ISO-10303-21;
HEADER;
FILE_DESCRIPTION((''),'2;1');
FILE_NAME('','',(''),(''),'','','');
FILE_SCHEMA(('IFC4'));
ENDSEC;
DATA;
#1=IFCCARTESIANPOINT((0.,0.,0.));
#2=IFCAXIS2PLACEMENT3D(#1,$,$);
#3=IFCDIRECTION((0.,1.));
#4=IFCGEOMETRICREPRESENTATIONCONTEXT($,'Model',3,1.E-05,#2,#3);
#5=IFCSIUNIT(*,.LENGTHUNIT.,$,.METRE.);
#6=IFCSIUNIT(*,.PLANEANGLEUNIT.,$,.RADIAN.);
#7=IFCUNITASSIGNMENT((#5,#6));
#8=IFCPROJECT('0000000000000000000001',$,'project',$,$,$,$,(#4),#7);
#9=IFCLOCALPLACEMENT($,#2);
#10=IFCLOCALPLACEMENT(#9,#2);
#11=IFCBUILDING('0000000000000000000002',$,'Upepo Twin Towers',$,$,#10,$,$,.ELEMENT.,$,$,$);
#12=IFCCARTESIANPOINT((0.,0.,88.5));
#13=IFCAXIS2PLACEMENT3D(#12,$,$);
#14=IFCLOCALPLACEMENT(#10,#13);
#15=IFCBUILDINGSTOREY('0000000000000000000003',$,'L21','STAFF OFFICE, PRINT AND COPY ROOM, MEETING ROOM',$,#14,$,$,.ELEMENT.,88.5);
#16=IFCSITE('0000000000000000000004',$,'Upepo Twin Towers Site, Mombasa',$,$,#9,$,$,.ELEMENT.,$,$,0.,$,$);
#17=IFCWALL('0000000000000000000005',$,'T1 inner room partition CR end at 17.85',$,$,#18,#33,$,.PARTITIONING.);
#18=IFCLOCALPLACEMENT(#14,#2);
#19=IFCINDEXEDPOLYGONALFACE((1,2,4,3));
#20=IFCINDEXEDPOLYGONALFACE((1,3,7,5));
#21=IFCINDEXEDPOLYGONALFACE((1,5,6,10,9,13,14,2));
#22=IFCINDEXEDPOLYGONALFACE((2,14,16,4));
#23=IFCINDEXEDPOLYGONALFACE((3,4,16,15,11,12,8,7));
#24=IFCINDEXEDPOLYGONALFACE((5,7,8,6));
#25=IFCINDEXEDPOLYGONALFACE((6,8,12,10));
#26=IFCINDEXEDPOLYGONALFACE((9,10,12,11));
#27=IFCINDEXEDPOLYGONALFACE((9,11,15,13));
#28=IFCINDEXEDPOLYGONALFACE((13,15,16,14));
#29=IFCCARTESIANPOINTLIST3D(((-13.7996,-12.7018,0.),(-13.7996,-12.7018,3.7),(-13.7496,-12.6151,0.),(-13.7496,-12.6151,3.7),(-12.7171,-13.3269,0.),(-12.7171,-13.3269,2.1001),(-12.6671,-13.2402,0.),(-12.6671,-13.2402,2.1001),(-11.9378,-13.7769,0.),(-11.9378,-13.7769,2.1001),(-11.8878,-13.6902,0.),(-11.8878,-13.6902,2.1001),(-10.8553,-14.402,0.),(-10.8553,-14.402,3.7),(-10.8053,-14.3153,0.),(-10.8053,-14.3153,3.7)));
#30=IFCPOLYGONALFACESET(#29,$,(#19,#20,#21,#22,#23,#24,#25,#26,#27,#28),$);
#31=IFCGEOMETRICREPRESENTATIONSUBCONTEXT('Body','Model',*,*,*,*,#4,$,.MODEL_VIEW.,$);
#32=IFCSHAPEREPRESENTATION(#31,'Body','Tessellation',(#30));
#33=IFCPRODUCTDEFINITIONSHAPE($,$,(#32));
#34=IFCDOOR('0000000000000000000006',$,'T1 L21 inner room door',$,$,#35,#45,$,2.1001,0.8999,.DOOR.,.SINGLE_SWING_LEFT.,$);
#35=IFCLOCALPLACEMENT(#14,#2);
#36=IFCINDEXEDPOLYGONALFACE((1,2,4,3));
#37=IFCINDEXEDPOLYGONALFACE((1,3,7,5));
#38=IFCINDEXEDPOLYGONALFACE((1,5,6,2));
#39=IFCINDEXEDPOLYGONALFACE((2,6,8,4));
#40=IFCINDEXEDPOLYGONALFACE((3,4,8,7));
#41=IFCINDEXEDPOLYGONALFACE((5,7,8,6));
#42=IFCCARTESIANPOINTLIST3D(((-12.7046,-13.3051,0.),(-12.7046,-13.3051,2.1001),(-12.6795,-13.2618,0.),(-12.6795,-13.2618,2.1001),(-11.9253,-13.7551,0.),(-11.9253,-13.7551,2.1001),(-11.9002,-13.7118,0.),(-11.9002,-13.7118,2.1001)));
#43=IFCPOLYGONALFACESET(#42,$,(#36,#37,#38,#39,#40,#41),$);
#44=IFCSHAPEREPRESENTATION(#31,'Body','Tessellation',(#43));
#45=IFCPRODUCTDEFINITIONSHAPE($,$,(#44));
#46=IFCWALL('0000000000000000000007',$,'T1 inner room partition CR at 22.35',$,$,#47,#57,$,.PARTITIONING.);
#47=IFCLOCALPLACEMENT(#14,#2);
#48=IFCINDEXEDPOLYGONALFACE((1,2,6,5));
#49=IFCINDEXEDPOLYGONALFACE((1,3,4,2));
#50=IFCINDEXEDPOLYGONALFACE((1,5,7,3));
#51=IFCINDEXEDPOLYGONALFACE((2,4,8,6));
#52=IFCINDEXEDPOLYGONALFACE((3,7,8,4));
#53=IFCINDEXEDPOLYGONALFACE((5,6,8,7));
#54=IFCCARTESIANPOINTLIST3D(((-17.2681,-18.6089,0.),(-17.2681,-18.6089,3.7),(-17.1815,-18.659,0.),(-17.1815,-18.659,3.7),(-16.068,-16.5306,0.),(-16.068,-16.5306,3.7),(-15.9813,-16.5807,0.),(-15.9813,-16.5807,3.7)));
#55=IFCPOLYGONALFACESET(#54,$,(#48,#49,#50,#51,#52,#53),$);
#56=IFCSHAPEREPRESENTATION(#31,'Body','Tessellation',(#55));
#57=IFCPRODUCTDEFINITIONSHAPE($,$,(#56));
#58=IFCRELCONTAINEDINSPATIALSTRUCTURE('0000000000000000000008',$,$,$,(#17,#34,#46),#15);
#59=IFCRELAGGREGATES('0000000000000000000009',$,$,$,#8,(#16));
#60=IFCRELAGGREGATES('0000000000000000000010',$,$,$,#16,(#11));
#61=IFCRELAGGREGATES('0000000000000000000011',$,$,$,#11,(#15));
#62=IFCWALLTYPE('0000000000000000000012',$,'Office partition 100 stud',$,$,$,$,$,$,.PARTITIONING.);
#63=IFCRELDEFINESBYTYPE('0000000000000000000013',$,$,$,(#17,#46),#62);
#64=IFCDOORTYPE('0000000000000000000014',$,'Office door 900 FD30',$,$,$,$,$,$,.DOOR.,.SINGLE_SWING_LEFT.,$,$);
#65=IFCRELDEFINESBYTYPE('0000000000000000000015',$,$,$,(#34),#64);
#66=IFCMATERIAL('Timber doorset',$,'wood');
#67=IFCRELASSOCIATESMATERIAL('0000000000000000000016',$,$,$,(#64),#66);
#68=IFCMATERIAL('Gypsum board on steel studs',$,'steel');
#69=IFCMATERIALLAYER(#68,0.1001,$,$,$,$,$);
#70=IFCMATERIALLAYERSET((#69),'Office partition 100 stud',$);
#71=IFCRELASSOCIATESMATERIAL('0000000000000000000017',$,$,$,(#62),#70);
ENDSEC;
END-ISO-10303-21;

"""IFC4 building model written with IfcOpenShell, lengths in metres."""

from ifc_helpers import new_model, si_unit, direction, frame, frame_2d, origin, place, context, subcontext, project, spatial, rectangle, extrude, material, layer, layer_set, type_object, element, fill, save


model = new_model("IFC4")

# Units and contexts
model_context = context("Model", 3, precision=1e-05, world=origin(), true_north=direction((0.0, 1.0)))
body_context = subcontext(model_context, "Body", "Model", "MODEL_VIEW")
ifc_project = project(units=[si_unit("LENGTHUNIT", "METRE"), si_unit("PLANEANGLEUNIT", "RADIAN")], contexts=[model_context])

# Site, building, storey
site_placement = place(None, origin())
site = spatial("IfcSite", under=ifc_project, at=site_placement, Name="Upepo Twin Towers Site, Mombasa", CompositionType="ELEMENT", RefElevation=0.0)
building_placement = place(site_placement, origin())
building = spatial("IfcBuilding", under=site, at=building_placement, Name="Upepo Twin Towers", CompositionType="ELEMENT")
storey_placement = place(building_placement, frame((0.0, 0.0, 88.5)))
storey = spatial("IfcBuildingStorey", under=building, at=storey_placement, Name="L21", Description="STAFF OFFICE, PRINT AND COPY ROOM, MEETING ROOM", CompositionType="ELEMENT", Elevation=88.5)

# Shared definitions
ifc_material_1 = material(Name="Timber doorset", Category="wood")
door_type = type_object("IfcDoorType", Name="Office door 900 FD30", OperationType="SINGLE_SWING_LEFT", PredefinedType="DOOR", material=ifc_material_1)

# Shared definitions
ifc_material_2 = material(Name="Gypsum board on steel studs", Category="steel")
ifc_layer_1 = layer(ifc_material_2, 0.1001)
ifc_layer_set_1 = layer_set([ifc_layer_1], Name="Office partition 100 stud")
wall_type_1 = type_object("IfcWallType", Name="Office partition 100 stud", PredefinedType="PARTITIONING", material=ifc_layer_set_1)

# Wall, opening, door
wall_1_placement = place(storey_placement, frame((-10.8303, -14.3586, 0.0), z_axis=(0.0, 0.0, 1.0), x_axis=(-0.865989, 0.500062, 0.0)))
wall_1 = element("IfcWall", 1, at=wall_1_placement, inside=storey, type_object=wall_type_1, Name="T1 inner room partition CR end at 17.85", PredefinedType="PARTITIONING", context=body_context, shape_type="SweptSolid", body=[
    extrude(rectangle(XDim=3.3999, YDim=0.1001, at=frame_2d((1.7, 0.0))), origin(), (0.0, 0.0, 1.0), 3.7),
])
opening_1_placement = place(wall_1_placement, frame((1.25, 0.0, 0.0)))
opening_1 = element("IfcOpeningElement", 2, at=opening_1_placement, cuts=wall_1, PredefinedType="OPENING", context=body_context, shape_type="SweptSolid", body=[
    extrude(rectangle(XDim=0.8999, YDim=2.1001, at=frame_2d((0.45, 1.05))), frame((0.0, 0.0601, 0.0), z_axis=(0.0, -1.0, 0.0), x_axis=(1.0, 0.0, 0.0)), (0.0, 0.0, 1.0), 0.1201),
])
door_1_placement = place(opening_1_placement, origin())
door_1 = element("IfcDoor", 3, at=door_1_placement, inside=storey, type_object=door_type, Name="T1 L21 inner room door", OperationType="SINGLE_SWING_LEFT", OverallHeight=2.1001, OverallWidth=0.8999, PredefinedType="DOOR", context=body_context, shape_type="SweptSolid", body=[
    extrude(rectangle(XDim=0.8999, YDim=2.1001, at=frame_2d((0.45, 1.05))), frame((0.0, 0.0249, 0.0), z_axis=(0.0, -1.0, 0.0), x_axis=(1.0, 0.0, 0.0)), (0.0, 0.0, 1.0), 0.05),
])
fill(opening_1, door_1)

# Wall
wall_2_placement = place(storey_placement, frame((-16.0247, -16.5557, 0.0), z_axis=(0.0, 0.0, 1.0), x_axis=(-0.500078, -0.865981, 0.0)))
element("IfcWall", 4, at=wall_2_placement, inside=storey, type_object=wall_type_1, Name="T1 inner room partition CR at 22.35", PredefinedType="PARTITIONING", context=body_context, shape_type="SweptSolid", body=[
    extrude(rectangle(XDim=2.3999, YDim=0.1001, at=frame_2d((1.2, 0.0))), origin(), (0.0, 0.0, 1.0), 3.7),
])

save(model, "model.ifc")
